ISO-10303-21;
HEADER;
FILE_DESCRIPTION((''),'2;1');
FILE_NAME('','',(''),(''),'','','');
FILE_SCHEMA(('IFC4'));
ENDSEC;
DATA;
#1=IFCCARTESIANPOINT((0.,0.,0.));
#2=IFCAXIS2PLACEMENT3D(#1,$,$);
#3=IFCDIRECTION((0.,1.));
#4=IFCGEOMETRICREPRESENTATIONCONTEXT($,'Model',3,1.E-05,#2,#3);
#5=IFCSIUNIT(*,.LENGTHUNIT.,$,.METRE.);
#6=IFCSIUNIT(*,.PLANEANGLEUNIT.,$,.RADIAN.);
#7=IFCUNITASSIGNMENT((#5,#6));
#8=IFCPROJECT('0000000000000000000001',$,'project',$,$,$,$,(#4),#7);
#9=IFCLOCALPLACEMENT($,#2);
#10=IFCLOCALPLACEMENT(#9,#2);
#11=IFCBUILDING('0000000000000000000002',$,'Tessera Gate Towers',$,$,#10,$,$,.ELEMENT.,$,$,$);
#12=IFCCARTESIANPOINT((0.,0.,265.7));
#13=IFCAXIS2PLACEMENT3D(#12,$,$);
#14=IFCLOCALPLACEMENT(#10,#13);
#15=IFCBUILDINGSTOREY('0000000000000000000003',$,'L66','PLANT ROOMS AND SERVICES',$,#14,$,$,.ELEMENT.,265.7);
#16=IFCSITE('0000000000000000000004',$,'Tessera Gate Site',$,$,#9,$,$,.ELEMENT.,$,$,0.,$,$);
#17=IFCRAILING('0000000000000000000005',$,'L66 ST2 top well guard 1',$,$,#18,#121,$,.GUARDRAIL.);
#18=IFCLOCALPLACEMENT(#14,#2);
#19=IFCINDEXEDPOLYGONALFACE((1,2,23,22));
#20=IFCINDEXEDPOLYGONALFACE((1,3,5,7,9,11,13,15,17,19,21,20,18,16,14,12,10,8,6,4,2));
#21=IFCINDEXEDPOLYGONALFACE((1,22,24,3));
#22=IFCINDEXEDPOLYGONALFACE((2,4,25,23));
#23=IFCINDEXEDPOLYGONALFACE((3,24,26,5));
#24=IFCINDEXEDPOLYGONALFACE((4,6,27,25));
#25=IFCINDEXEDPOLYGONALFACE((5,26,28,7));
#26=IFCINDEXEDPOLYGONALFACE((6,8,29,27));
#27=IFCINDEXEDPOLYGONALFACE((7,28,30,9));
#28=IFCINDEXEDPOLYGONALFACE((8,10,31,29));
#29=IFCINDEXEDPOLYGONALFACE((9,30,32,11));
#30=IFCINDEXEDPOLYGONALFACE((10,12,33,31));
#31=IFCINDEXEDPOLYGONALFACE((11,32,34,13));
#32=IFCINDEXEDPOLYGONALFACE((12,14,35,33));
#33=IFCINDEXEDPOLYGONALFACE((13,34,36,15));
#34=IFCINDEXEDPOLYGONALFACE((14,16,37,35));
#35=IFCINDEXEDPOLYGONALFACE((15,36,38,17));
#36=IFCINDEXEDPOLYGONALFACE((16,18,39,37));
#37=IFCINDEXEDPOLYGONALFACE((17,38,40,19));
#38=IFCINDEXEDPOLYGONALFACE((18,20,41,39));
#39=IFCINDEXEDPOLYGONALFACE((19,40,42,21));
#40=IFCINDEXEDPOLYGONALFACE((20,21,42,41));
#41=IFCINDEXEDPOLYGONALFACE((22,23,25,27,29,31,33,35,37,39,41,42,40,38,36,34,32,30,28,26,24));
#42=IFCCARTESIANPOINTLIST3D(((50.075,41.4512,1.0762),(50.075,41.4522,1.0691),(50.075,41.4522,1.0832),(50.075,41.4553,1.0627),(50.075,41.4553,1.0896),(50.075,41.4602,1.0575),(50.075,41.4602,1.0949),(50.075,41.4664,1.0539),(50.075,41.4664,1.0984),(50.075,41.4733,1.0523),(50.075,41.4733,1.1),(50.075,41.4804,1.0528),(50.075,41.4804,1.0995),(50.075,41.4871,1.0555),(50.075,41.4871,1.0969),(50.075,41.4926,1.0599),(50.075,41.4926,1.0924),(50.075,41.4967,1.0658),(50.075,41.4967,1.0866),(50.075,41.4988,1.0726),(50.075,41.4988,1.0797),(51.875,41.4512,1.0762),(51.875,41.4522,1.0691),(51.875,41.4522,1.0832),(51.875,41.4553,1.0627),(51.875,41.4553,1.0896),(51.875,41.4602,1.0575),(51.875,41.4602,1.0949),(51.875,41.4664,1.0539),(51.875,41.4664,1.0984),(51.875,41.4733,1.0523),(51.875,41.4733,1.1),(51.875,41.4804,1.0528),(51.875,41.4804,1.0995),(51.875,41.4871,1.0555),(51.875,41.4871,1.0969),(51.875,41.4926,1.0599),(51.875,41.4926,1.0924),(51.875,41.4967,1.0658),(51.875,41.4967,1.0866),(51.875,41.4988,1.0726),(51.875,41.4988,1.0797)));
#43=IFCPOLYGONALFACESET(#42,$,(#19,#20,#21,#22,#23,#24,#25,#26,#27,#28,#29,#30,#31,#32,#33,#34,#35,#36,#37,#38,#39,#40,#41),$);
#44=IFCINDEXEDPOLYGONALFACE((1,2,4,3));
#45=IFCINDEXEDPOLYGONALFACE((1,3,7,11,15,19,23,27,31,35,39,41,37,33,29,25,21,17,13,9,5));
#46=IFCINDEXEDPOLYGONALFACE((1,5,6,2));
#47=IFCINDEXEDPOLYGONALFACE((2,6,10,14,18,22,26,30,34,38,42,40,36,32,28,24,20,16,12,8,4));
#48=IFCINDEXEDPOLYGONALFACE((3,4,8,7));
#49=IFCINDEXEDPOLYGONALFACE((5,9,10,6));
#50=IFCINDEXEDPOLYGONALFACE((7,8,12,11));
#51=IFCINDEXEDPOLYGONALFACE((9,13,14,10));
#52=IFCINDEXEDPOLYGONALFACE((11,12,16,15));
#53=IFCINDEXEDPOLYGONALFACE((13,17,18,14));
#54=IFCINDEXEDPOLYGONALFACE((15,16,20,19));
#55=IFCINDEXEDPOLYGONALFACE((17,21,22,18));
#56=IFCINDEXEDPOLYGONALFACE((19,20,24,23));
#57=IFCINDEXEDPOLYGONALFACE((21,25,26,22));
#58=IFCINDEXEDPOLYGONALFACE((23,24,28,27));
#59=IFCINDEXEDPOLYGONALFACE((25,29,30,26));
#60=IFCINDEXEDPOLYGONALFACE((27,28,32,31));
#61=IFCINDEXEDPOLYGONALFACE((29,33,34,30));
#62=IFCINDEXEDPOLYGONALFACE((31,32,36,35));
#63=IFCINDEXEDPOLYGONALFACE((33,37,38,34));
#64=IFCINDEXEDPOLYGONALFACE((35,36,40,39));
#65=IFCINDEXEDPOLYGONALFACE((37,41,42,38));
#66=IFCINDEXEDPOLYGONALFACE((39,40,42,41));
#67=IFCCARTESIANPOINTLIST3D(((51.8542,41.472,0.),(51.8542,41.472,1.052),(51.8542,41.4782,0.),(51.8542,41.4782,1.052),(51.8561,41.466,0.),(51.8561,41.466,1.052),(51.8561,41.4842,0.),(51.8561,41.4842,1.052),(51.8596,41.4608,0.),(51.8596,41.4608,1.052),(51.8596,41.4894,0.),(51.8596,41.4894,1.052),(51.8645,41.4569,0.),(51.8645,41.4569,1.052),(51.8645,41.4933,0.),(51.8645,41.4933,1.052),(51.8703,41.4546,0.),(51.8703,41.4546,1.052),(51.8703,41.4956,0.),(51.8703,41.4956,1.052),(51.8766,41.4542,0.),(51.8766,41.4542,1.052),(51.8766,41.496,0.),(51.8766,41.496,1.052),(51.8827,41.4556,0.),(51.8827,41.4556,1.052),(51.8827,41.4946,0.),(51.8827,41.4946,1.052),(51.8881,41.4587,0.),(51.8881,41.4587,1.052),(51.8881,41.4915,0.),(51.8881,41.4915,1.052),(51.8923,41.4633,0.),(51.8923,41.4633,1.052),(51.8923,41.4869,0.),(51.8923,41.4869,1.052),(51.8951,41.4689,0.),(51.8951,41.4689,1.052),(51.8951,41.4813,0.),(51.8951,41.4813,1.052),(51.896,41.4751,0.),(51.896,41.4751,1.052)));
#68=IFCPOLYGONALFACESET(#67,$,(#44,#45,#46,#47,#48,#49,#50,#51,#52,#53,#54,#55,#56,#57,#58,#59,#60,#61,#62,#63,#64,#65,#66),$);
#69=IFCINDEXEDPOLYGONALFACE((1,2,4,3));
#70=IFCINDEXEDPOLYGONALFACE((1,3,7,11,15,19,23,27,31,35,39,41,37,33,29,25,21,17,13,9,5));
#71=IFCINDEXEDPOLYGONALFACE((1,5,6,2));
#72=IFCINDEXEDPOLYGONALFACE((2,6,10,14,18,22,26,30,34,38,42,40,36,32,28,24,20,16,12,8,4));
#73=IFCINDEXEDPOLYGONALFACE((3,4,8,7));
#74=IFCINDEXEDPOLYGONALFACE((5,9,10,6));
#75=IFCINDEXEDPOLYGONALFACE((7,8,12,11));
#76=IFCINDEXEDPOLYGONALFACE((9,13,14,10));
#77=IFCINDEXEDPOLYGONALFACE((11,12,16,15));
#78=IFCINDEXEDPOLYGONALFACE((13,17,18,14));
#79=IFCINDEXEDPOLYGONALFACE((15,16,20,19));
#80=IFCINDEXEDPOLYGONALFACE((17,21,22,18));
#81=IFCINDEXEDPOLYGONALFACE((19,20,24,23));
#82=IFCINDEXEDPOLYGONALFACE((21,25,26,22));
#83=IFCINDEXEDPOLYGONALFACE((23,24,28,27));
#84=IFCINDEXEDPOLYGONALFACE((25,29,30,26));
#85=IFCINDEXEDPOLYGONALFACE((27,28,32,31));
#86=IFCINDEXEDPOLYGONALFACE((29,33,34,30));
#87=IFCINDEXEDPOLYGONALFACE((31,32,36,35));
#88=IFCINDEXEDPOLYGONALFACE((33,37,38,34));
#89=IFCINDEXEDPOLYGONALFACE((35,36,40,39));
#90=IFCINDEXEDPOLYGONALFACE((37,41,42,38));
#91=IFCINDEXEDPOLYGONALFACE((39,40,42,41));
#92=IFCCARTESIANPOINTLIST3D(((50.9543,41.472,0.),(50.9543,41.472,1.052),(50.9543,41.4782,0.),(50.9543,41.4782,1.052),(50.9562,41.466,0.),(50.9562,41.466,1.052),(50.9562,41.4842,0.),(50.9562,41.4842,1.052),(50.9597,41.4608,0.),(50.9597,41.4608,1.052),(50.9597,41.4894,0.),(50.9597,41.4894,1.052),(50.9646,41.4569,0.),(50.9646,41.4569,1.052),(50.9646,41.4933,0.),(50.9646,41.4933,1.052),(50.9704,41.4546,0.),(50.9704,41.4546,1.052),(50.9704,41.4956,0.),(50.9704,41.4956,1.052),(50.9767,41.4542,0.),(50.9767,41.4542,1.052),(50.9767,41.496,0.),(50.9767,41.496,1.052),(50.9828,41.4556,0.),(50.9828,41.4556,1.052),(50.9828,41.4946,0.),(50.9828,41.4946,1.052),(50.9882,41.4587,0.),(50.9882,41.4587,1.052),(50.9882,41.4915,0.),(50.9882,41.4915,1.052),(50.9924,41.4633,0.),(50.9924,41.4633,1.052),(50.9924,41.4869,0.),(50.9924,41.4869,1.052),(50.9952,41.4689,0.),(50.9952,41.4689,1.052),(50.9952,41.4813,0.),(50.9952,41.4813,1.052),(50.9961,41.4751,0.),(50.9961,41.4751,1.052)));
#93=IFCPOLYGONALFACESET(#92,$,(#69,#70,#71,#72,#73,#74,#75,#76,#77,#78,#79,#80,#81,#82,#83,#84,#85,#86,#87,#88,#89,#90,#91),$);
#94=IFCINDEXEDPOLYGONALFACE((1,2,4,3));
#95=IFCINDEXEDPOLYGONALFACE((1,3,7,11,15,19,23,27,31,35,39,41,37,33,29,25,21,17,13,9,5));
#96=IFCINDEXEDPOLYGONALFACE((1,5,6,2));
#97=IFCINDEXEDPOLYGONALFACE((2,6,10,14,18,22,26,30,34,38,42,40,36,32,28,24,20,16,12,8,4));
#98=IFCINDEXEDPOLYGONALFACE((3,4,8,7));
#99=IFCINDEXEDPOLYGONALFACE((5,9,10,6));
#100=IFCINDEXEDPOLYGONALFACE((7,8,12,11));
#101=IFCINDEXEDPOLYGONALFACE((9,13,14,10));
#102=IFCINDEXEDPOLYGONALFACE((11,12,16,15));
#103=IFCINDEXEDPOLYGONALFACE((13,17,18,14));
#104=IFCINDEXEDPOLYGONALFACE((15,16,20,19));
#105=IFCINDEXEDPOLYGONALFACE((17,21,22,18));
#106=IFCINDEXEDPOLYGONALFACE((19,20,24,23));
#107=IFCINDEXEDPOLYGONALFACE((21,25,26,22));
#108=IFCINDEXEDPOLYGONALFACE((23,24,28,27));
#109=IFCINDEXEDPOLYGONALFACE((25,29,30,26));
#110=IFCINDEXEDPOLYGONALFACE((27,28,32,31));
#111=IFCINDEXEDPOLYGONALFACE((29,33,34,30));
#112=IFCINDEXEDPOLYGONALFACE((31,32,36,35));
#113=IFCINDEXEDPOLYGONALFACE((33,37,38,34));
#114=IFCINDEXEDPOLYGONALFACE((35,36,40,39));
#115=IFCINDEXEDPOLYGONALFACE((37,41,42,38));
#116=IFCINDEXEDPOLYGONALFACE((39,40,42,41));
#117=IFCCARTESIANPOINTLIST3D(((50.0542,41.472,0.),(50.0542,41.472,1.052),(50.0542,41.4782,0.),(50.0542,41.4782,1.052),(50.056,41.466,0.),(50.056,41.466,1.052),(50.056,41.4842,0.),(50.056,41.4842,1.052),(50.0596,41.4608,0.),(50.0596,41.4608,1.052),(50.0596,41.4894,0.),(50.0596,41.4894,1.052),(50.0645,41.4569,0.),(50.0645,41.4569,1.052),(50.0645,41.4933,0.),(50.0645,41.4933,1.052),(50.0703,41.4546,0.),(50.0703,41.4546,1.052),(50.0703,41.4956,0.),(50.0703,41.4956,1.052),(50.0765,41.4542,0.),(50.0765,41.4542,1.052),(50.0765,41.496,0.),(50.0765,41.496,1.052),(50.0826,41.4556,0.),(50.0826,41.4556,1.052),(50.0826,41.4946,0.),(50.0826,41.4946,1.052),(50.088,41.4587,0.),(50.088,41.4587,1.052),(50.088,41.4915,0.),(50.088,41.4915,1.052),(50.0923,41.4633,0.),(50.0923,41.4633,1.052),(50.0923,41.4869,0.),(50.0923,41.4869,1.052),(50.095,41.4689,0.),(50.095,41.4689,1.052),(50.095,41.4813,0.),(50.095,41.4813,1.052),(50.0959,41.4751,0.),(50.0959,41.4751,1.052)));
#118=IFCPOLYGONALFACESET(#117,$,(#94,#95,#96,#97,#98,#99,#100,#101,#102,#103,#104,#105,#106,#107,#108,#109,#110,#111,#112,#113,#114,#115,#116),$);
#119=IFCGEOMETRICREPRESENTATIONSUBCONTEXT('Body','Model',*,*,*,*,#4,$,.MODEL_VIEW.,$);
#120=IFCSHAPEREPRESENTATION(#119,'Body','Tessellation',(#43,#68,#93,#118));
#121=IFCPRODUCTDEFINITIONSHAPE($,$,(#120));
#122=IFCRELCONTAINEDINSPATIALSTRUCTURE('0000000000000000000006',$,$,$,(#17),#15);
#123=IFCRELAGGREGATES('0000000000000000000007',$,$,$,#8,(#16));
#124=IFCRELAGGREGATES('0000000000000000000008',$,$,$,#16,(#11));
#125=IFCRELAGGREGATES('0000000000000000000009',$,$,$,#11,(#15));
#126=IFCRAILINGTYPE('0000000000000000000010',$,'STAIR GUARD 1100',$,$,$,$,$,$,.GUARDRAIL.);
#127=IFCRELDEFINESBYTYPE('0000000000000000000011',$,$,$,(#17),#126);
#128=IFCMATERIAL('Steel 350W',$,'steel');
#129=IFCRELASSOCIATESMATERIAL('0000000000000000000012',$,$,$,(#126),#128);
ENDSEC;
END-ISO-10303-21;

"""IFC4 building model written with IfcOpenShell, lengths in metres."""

from ifc_helpers import new_model, si_unit, direction, frame, origin, origin_2d, place, context, subcontext, project, spatial, circle, extrude, material, type_object, element, save


model = new_model("IFC4")

# Units and contexts
model_context = context("Model", 3, precision=1e-05, world=origin(), true_north=direction((0.0, 1.0)))
body_context = subcontext(model_context, "Body", "Model", "MODEL_VIEW")
ifc_project = project(units=[si_unit("LENGTHUNIT", "METRE"), si_unit("PLANEANGLEUNIT", "RADIAN")], contexts=[model_context])

# Site, building, storey
site_placement = place(None, origin())
site = spatial("IfcSite", under=ifc_project, at=site_placement, Name="Tessera Gate Site", CompositionType="ELEMENT", RefElevation=0.0)
building_placement = place(site_placement, origin())
building = spatial("IfcBuilding", under=site, at=building_placement, Name="Tessera Gate Towers", CompositionType="ELEMENT")
storey_placement = place(building_placement, frame((0.0, 0.0, 265.7)))
storey = spatial("IfcBuildingStorey", under=building, at=storey_placement, Name="L66", Description="PLANT ROOMS AND SERVICES", CompositionType="ELEMENT", Elevation=265.7)

# Railing
ifc_material_1 = material(Name="Steel 350W", Category="steel")
railing_type = type_object("IfcRailingType", Name="STAIR GUARD 1100", PredefinedType="GUARDRAIL", material=ifc_material_1)
railing_placement = place(storey_placement, frame((51.875, 41.4751, 0.0)))
element("IfcRailing", 1, at=railing_placement, inside=storey, type_object=railing_type, Name="L66 ST2 top well guard 1", PredefinedType="GUARDRAIL", context=body_context, shape_type="SweptSolid", body=[
    extrude(circle(Radius=0.0239, at=origin_2d()), frame((0.0, 0.0, 1.0762), z_axis=(-1.0, 0.0, 0.0), x_axis=(0.0, -1.0, 0.0)), (0.0, 0.0, 1.0), 1.8),
    extrude(circle(Radius=0.021, at=origin_2d()), origin(), (0.0, 0.0, 1.0), 1.052),
    extrude(circle(Radius=0.021, at=origin_2d()), frame((-0.8999, 0.0, 0.0)), (0.0, 0.0, 1.0), 1.052),
    extrude(circle(Radius=0.021, at=origin_2d()), frame((-1.8, 0.0, 0.0)), (0.0, 0.0, 1.0), 1.052),
])

save(model, "model.ifc")
